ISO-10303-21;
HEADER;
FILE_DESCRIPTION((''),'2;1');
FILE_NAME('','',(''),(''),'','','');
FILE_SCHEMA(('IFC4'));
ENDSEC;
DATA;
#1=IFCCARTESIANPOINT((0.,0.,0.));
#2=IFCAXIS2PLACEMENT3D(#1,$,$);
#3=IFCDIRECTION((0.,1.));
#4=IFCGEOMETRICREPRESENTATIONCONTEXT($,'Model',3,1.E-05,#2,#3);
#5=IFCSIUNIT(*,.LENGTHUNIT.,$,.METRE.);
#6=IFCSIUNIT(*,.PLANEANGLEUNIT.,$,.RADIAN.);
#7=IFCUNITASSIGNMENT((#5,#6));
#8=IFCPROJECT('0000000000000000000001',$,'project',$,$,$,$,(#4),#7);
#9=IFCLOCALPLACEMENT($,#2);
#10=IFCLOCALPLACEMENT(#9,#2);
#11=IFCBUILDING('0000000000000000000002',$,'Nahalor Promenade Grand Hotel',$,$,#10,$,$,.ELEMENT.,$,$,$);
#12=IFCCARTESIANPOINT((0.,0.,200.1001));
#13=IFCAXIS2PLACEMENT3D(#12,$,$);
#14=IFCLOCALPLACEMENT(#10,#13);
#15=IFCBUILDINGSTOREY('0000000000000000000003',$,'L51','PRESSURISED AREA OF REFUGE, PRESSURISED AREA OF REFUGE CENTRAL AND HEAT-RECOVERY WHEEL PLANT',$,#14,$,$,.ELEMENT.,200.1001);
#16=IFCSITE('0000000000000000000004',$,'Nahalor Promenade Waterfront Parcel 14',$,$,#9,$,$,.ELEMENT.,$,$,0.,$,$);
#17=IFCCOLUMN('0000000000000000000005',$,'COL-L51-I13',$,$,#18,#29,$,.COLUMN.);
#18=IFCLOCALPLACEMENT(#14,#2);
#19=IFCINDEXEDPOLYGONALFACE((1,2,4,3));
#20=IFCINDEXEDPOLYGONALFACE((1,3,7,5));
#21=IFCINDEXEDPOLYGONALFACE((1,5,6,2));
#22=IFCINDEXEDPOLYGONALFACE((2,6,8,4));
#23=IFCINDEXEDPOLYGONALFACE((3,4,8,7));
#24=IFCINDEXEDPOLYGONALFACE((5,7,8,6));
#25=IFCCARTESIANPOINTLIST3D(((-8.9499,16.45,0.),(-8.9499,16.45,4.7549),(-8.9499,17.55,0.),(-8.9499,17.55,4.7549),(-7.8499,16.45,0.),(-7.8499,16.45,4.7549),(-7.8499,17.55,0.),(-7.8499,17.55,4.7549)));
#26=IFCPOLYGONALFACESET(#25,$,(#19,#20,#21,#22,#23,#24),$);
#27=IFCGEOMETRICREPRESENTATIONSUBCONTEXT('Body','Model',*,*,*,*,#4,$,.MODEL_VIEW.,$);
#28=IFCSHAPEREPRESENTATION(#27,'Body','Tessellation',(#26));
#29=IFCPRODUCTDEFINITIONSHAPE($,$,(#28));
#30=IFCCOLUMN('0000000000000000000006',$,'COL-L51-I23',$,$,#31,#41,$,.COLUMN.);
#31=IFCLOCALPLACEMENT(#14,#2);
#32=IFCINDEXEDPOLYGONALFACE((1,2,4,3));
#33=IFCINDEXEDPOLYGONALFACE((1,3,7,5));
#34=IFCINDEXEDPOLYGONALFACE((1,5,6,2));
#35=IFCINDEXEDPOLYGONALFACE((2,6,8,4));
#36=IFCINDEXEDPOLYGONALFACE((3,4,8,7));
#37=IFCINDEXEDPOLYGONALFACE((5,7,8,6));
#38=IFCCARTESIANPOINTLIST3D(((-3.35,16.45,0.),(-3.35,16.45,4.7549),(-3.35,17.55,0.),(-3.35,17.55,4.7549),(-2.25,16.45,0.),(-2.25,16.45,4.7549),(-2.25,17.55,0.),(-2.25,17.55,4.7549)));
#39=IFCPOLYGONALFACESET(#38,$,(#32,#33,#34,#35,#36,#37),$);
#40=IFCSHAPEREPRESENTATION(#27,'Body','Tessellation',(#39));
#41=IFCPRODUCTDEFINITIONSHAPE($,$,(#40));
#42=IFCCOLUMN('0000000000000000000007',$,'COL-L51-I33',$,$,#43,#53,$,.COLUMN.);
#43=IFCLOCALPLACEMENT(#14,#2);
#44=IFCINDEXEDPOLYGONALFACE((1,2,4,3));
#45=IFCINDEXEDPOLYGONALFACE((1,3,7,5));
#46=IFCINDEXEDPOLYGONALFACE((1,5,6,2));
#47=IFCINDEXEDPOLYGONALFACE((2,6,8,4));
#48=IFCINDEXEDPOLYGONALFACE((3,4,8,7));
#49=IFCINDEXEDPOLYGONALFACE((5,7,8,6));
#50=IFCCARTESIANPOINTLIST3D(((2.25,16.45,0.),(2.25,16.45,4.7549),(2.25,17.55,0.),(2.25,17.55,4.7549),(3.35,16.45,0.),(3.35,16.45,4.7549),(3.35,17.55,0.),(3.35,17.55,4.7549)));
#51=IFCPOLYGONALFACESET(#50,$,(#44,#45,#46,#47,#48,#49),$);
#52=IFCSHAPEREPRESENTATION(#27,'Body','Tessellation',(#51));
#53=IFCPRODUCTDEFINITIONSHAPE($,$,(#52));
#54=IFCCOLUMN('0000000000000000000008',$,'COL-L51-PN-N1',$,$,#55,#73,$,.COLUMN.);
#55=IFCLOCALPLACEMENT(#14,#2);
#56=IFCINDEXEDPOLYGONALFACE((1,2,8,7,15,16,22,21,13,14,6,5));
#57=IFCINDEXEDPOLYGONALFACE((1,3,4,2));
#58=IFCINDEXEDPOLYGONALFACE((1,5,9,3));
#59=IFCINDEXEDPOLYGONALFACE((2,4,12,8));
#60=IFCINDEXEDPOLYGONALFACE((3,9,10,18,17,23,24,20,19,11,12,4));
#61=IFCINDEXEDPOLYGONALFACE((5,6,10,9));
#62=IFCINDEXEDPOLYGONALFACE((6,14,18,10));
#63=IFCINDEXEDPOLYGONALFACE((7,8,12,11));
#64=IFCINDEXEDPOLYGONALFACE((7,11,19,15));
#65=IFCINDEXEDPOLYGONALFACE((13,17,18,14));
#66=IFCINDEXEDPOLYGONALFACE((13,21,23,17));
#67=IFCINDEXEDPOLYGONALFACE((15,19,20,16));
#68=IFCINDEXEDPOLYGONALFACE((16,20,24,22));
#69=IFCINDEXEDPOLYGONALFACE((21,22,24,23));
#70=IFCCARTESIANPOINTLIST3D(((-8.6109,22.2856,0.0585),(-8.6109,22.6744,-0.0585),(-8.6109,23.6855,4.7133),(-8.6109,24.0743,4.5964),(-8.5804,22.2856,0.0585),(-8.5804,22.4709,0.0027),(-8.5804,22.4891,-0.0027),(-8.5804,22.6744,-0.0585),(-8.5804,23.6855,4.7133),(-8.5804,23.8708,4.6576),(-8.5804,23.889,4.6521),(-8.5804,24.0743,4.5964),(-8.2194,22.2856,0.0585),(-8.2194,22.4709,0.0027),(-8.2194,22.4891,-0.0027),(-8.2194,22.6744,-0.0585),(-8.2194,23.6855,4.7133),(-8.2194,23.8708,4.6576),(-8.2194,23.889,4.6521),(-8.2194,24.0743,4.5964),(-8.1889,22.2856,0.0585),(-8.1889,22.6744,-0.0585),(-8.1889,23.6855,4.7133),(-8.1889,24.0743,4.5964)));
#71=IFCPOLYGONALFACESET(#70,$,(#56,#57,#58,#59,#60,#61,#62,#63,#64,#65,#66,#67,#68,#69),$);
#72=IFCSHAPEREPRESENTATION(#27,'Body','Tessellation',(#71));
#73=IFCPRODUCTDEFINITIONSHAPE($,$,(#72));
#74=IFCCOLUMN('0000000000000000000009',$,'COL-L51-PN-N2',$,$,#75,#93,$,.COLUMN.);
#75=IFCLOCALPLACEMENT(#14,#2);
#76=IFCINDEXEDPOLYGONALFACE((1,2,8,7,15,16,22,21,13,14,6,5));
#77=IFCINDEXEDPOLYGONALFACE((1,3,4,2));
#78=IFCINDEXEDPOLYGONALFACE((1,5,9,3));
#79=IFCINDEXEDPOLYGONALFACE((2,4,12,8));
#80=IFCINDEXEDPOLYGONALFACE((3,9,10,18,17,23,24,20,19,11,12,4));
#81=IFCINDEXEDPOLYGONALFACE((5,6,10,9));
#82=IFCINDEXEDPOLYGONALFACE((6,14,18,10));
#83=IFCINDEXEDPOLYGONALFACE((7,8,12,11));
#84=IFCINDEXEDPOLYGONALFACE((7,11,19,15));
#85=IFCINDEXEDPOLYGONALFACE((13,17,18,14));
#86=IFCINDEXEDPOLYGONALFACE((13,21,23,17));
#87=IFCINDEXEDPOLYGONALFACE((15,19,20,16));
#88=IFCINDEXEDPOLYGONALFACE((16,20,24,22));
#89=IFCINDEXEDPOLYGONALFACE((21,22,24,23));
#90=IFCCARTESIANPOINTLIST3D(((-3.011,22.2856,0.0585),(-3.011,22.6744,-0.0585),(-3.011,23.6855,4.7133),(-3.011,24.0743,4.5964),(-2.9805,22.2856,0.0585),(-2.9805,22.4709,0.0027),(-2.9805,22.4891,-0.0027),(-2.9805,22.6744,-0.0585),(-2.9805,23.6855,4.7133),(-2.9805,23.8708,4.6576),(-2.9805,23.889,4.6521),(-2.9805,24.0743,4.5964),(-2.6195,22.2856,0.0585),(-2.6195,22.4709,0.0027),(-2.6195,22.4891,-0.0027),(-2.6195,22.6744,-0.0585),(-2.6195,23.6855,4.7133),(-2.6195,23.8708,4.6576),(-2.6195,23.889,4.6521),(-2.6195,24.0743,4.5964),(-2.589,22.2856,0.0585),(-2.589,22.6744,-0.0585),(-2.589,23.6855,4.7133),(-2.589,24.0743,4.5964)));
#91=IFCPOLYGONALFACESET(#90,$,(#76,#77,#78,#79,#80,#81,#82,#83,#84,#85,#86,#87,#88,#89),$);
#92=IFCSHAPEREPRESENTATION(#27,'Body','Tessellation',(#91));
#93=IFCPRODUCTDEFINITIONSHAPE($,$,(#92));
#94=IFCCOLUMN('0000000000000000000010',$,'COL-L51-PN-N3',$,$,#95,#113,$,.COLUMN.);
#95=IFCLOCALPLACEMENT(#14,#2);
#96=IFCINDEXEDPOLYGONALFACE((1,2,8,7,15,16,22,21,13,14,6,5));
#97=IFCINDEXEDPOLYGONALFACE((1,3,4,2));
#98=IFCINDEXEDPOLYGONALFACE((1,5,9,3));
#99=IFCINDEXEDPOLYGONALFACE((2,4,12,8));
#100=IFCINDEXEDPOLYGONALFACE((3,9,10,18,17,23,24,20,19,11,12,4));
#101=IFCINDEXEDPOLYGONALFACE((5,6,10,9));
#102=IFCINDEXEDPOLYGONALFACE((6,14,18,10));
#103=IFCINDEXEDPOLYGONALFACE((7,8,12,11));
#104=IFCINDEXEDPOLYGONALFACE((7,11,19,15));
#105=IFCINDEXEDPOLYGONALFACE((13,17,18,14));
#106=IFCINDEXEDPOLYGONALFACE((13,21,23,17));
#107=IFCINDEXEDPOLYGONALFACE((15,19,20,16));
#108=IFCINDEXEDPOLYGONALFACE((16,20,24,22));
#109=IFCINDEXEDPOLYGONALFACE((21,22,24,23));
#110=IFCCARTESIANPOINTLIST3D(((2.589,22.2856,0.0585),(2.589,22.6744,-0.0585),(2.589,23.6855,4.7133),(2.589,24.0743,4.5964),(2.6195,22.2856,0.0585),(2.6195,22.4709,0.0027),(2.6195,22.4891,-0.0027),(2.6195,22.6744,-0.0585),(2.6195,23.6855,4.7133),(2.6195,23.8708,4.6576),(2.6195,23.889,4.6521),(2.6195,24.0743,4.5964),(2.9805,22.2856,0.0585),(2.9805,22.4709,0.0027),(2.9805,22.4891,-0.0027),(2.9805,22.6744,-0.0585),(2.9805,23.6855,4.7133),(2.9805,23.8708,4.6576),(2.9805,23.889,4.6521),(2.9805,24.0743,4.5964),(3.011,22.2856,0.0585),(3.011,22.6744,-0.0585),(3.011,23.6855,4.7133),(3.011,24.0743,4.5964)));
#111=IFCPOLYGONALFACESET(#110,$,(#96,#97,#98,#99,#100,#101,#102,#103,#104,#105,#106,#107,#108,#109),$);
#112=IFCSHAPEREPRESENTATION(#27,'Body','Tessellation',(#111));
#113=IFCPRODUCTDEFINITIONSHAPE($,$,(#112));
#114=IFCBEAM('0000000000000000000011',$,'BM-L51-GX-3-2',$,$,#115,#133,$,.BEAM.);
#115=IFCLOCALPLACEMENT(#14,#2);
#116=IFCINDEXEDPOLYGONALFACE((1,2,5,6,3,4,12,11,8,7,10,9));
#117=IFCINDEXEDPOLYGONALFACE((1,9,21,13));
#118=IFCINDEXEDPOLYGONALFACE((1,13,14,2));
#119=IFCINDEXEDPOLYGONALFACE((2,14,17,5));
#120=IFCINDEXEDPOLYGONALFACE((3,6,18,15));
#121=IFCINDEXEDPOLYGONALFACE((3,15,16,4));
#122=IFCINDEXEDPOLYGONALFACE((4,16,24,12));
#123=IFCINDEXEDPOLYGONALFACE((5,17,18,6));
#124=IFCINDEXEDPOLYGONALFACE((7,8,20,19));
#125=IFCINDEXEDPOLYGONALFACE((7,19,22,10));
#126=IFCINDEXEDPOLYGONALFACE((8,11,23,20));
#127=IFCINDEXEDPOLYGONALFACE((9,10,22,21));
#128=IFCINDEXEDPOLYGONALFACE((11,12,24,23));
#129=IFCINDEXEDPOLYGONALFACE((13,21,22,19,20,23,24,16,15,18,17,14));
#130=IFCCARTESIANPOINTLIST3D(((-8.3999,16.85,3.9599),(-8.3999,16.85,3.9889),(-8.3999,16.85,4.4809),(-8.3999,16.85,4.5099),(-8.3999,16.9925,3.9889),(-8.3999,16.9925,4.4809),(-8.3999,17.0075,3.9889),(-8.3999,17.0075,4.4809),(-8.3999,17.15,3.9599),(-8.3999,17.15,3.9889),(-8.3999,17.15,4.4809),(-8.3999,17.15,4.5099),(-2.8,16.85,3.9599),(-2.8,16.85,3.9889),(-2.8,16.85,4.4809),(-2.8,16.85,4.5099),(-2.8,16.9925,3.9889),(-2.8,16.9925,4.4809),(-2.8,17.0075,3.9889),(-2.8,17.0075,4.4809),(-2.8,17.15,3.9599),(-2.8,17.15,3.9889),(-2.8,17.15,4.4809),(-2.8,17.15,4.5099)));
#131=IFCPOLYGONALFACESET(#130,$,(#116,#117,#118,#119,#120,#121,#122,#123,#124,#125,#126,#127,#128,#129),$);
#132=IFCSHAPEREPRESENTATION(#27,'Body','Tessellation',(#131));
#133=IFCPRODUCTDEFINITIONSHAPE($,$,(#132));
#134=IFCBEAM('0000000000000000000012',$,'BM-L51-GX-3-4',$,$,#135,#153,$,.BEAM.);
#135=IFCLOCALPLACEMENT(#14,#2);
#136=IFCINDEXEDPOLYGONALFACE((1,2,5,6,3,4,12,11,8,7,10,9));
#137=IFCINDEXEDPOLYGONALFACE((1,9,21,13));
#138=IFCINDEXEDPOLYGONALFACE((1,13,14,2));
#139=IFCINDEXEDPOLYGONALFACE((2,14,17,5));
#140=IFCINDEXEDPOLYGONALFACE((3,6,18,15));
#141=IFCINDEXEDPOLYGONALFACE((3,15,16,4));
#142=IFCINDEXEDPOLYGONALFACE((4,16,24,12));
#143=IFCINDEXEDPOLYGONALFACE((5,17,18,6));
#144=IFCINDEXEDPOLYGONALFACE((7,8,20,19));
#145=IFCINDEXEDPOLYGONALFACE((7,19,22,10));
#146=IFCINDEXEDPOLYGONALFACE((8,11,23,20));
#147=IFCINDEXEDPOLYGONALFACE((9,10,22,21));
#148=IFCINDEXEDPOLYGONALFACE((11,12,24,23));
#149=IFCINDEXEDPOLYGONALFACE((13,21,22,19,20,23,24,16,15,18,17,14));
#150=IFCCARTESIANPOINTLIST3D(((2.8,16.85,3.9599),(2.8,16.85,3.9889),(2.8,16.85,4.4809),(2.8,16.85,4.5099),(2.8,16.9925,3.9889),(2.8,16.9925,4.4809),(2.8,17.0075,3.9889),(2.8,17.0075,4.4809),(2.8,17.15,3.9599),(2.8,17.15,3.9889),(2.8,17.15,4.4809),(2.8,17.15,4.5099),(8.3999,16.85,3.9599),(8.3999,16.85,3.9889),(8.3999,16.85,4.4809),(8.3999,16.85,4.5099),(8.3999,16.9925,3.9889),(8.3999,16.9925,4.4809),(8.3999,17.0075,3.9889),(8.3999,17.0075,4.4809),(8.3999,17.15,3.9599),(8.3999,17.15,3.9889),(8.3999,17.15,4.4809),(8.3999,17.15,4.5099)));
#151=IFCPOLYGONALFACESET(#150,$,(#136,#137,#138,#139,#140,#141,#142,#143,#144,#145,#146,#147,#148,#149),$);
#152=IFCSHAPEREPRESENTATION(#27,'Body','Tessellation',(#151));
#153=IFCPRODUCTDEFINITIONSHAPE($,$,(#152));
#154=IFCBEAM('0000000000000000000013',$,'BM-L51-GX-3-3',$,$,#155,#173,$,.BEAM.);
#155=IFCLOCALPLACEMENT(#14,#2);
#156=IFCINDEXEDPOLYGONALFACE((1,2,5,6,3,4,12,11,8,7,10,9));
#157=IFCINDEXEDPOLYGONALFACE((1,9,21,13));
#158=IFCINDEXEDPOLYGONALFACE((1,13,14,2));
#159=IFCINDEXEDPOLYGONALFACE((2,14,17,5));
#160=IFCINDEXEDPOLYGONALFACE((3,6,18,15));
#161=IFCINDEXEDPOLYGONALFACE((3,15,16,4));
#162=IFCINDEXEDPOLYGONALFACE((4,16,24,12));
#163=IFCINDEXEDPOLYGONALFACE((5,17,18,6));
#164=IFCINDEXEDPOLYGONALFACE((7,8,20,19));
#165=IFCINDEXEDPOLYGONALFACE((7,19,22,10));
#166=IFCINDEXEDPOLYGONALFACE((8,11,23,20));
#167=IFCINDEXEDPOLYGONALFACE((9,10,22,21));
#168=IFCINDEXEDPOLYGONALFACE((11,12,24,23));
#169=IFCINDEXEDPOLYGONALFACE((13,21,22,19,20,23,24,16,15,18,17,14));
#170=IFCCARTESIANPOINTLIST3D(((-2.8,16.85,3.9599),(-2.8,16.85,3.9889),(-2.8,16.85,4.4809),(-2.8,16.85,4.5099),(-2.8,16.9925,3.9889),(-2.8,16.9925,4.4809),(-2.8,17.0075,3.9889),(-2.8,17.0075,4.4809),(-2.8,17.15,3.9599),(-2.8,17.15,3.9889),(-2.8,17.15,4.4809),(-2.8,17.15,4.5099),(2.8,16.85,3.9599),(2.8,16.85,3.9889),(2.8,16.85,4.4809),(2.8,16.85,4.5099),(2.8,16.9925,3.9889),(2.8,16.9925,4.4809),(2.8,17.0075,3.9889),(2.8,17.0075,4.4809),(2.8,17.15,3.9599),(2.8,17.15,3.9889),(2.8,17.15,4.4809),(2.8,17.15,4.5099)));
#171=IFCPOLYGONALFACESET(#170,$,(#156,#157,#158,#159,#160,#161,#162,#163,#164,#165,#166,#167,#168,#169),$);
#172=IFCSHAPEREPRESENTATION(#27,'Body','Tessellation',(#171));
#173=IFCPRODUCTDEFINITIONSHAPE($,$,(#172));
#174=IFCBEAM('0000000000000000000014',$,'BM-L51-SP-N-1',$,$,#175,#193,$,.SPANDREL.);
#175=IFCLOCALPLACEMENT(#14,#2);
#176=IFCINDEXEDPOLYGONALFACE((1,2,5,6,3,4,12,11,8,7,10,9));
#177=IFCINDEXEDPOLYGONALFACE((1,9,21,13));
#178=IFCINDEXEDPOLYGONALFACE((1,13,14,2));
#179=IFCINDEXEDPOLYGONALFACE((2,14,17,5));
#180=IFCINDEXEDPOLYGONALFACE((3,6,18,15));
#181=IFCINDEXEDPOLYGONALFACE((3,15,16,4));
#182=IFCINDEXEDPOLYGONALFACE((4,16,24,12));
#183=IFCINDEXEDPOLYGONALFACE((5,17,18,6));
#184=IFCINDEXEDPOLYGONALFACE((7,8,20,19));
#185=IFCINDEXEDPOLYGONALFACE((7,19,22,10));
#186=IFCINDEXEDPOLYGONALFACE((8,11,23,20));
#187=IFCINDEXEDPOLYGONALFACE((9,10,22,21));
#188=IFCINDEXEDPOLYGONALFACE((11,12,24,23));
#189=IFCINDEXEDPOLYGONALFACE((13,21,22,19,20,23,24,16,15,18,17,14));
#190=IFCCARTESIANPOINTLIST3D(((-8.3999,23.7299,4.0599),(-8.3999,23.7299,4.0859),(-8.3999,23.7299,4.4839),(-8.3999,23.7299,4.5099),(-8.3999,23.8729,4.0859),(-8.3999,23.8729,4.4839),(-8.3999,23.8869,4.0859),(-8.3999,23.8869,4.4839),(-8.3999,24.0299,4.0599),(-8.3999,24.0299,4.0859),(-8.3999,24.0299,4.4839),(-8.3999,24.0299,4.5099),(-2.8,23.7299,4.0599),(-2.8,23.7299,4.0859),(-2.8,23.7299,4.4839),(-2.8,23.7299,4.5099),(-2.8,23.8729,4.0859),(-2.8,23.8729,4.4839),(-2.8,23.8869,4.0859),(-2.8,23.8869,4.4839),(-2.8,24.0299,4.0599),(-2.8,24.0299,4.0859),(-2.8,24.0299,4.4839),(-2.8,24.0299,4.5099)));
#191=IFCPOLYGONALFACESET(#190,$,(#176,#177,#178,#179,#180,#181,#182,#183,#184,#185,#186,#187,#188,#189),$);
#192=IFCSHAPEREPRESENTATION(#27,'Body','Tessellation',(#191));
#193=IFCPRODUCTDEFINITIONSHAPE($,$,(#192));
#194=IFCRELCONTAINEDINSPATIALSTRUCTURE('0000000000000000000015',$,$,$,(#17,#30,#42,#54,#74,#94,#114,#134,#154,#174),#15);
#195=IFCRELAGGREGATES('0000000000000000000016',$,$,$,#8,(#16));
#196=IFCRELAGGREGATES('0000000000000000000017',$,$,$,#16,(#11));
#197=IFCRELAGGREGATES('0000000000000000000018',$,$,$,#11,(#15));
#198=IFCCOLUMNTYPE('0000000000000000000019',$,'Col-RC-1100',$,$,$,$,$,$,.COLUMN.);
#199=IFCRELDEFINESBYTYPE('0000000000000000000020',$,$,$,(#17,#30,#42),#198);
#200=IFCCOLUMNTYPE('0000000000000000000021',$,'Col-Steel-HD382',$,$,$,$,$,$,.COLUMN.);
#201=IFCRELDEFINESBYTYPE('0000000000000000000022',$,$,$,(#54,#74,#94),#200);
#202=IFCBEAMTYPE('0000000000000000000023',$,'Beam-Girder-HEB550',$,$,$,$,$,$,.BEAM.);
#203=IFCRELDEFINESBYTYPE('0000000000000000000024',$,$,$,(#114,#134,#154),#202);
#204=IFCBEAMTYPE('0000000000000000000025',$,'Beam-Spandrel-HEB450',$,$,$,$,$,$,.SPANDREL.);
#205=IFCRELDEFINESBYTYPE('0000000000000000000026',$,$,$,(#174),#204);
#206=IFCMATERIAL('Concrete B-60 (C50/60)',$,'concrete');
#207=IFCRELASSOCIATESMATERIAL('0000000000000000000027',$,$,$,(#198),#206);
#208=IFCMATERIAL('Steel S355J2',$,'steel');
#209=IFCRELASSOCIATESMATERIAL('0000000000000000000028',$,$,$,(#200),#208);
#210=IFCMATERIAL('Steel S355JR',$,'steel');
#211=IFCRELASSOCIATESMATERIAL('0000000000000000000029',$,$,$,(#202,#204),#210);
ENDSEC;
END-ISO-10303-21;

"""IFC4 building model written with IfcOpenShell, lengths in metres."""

from ifc_helpers import new_model, si_unit, direction, frame, origin, origin_2d, place, context, subcontext, project, spatial, rectangle, i_section, extrude, source, transform, mapped, material, material_profile, profile_set, type_object, element, save


model = new_model("IFC4")

# Units and contexts
model_context = context("Model", 3, precision=1e-05, world=origin(), true_north=direction((0.0, 1.0)))
body_context = subcontext(model_context, "Body", "Model", "MODEL_VIEW")
ifc_project = project(units=[si_unit("LENGTHUNIT", "METRE"), si_unit("PLANEANGLEUNIT", "RADIAN")], contexts=[model_context])

# Site, building, storey
site_placement = place(None, origin())
site = spatial("IfcSite", under=ifc_project, at=site_placement, Name="Nahalor Promenade Waterfront Parcel 14", CompositionType="ELEMENT", RefElevation=0.0)
building_placement = place(site_placement, origin())
building = spatial("IfcBuilding", under=site, at=building_placement, Name="Nahalor Promenade Grand Hotel", CompositionType="ELEMENT")
storey_placement = place(building_placement, frame((0.0, 0.0, 200.1001)))
storey = spatial("IfcBuildingStorey", under=building, at=storey_placement, Name="L51", Description="PRESSURISED AREA OF REFUGE, PRESSURISED AREA OF REFUGE CENTRAL AND HEAT-RECOVERY WHEEL PLANT", CompositionType="ELEMENT", Elevation=200.1001)

# Columns
ifc_material_1 = material(Name="Concrete B-60 (C50/60)", Category="concrete")
ifc_material_profile_1 = material_profile(ifc_material_1, rectangle(XDim=1.1, YDim=1.1, at=origin_2d()), Name="RC 1100x1100")
ifc_profile_set_1 = profile_set([ifc_material_profile_1], Name="Concrete B-60 (C50/60)")
column_type_1 = type_object("IfcColumnType", Name="Col-RC-1100", PredefinedType="COLUMN", material=ifc_profile_set_1)
shared_shape_1 = source(origin(), body_context, "Body", "SweptSolid", [
    extrude(rectangle(XDim=1.1, YDim=1.1, at=origin_2d()), origin(), (0.0, 0.0, 1.0), 4.7549),
])
for number, where, z_axis, x_axis, name in (
    (1, (-8.3999, 17.0, 0.0), (0.0, 0.0, 1.0), (1.0, 0.0, 0.0), "COL-L51-I13"),
    (2, (-2.8, 17.0, 0.0), (0.0, 0.0, 1.0), (1.0, 0.0, 0.0), "COL-L51-I23"),
    (3, (2.8, 17.0, 0.0), (0.0, 0.0, 1.0), (1.0, 0.0, 0.0), "COL-L51-I33"),
):
    element("IfcColumn", number, at=place(storey_placement, frame(where, z_axis=z_axis, x_axis=x_axis)), inside=storey, type_object=column_type_1, Name=name, PredefinedType="COLUMN", context=body_context, shape_type="MappedRepresentation", body=[
        mapped(shared_shape_1, transform((0.0, 0.0, 0.0), scale=1.0)),
    ])
ifc_material_2 = material(Name="Steel S355J2", Category="steel")
ifc_material_profile_2 = material_profile(ifc_material_2, i_section(OverallWidth=0.406, OverallDepth=0.422, WebThickness=0.019, FlangeThickness=0.0305, at=origin_2d()), Name="HD 400x382")
ifc_profile_set_2 = profile_set([ifc_material_profile_2], Name="Steel S355J2")
column_type_2 = type_object("IfcColumnType", Name="Col-Steel-HD382", PredefinedType="COLUMN", material=ifc_profile_set_2)
shared_shape_2 = source(origin(), body_context, "Body", "SweptSolid", [
    extrude(i_section(OverallWidth=0.406, OverallDepth=0.422, WebThickness=0.019, FlangeThickness=0.0305, at=origin_2d()), origin(), (0.0, 0.0, 1.0), 4.8608),
])
for number, where, z_axis, x_axis, name in (
    (4, (-8.3999, 22.48, 0.0), (0.0, 0.288002, 0.95763), (0.0, -0.95763, 0.288002), "COL-L51-PN-N1"),
    (5, (-2.8, 22.48, 0.0), (0.0, 0.288002, 0.95763), (0.0, -0.95763, 0.288002), "COL-L51-PN-N2"),
    (6, (2.8, 22.48, 0.0), (0.0, 0.288002, 0.95763), (0.0, -0.95763, 0.288002), "COL-L51-PN-N3"),
):
    element("IfcColumn", number, at=place(storey_placement, frame(where, z_axis=z_axis, x_axis=x_axis)), inside=storey, type_object=column_type_2, Name=name, PredefinedType="COLUMN", context=body_context, shape_type="MappedRepresentation", body=[
        mapped(shared_shape_2, transform((0.0, 0.0, 0.0), scale=1.0)),
    ])

# Beams
ifc_material_3 = material(Name="Steel S355JR", Category="steel")
ifc_material_profile_3 = material_profile(ifc_material_3, i_section(OverallWidth=0.3, OverallDepth=0.55, WebThickness=0.015, FlangeThickness=0.029, at=origin_2d()), Name="HEB 550")
ifc_profile_set_3 = profile_set([ifc_material_profile_3], Name="Steel S355JR")
beam_type_1 = type_object("IfcBeamType", Name="Beam-Girder-HEB550", PredefinedType="BEAM", material=ifc_profile_set_3)
shared_shape_3 = source(origin(), body_context, "Body", "SweptSolid", [
    extrude(i_section(OverallWidth=0.3, OverallDepth=0.55, WebThickness=0.015, FlangeThickness=0.029, at=origin_2d()), origin(), (0.0, 0.0, 1.0), 5.5999),
])
for number, where, z_axis, x_axis, name in (
    (7, (-8.3999, 17.0, 4.2349), (1.0, 0.0, 0.0), (0.0, 1.0, 0.0), "BM-L51-GX-3-2"),
    (8, (2.8, 17.0, 4.2349), (1.0, 0.0, 0.0), (0.0, 1.0, 0.0), "BM-L51-GX-3-4"),
):
    element("IfcBeam", number, at=place(storey_placement, frame(where, z_axis=z_axis, x_axis=x_axis)), inside=storey, type_object=beam_type_1, Name=name, PredefinedType="BEAM", context=body_context, shape_type="MappedRepresentation", body=[
        mapped(shared_shape_3, transform((0.0, 0.0, 0.0), scale=1.0)),
    ])
shared_shape_4 = source(origin(), body_context, "Body", "SweptSolid", [
    extrude(i_section(OverallWidth=0.3, OverallDepth=0.55, WebThickness=0.015, FlangeThickness=0.029, at=origin_2d()), origin(), (0.0, 0.0, 1.0), 5.6001),
])
beam_1_placement = place(storey_placement, frame((-2.8, 17.0, 4.2349), z_axis=(1.0, 0.0, 0.0), x_axis=(0.0, 1.0, 0.0)))
element("IfcBeam", 9, at=beam_1_placement, inside=storey, type_object=beam_type_1, Name="BM-L51-GX-3-3", PredefinedType="BEAM", context=body_context, shape_type="MappedRepresentation", body=[
    mapped(shared_shape_4, transform((0.0, 0.0, 0.0), scale=1.0)),
])
ifc_material_profile_4 = material_profile(ifc_material_3, i_section(OverallWidth=0.3, OverallDepth=0.45, WebThickness=0.014, FlangeThickness=0.026, at=origin_2d()), Name="HEB 450")
ifc_profile_set_4 = profile_set([ifc_material_profile_4], Name="Steel S355JR")
beam_type_2 = type_object("IfcBeamType", Name="Beam-Spandrel-HEB450", PredefinedType="SPANDREL", material=ifc_profile_set_4)
shared_shape_5 = source(origin(), body_context, "Body", "SweptSolid", [
    extrude(i_section(OverallWidth=0.3, OverallDepth=0.45, WebThickness=0.014, FlangeThickness=0.026, at=origin_2d()), origin(), (0.0, 0.0, 1.0), 5.5999),
])
for number, where, z_axis, x_axis, name in (
    (10, (-8.3999, 23.8799, 4.2849), (1.0, 0.0, 0.0), (0.0, 1.0, 0.0), "BM-L51-SP-N-1"),
):
    element("IfcBeam", number, at=place(storey_placement, frame(where, z_axis=z_axis, x_axis=x_axis)), inside=storey, type_object=beam_type_2, Name=name, PredefinedType="SPANDREL", context=body_context, shape_type="MappedRepresentation", body=[
        mapped(shared_shape_5, transform((0.0, 0.0, 0.0), scale=1.0)),
    ])

save(model, "model.ifc")
